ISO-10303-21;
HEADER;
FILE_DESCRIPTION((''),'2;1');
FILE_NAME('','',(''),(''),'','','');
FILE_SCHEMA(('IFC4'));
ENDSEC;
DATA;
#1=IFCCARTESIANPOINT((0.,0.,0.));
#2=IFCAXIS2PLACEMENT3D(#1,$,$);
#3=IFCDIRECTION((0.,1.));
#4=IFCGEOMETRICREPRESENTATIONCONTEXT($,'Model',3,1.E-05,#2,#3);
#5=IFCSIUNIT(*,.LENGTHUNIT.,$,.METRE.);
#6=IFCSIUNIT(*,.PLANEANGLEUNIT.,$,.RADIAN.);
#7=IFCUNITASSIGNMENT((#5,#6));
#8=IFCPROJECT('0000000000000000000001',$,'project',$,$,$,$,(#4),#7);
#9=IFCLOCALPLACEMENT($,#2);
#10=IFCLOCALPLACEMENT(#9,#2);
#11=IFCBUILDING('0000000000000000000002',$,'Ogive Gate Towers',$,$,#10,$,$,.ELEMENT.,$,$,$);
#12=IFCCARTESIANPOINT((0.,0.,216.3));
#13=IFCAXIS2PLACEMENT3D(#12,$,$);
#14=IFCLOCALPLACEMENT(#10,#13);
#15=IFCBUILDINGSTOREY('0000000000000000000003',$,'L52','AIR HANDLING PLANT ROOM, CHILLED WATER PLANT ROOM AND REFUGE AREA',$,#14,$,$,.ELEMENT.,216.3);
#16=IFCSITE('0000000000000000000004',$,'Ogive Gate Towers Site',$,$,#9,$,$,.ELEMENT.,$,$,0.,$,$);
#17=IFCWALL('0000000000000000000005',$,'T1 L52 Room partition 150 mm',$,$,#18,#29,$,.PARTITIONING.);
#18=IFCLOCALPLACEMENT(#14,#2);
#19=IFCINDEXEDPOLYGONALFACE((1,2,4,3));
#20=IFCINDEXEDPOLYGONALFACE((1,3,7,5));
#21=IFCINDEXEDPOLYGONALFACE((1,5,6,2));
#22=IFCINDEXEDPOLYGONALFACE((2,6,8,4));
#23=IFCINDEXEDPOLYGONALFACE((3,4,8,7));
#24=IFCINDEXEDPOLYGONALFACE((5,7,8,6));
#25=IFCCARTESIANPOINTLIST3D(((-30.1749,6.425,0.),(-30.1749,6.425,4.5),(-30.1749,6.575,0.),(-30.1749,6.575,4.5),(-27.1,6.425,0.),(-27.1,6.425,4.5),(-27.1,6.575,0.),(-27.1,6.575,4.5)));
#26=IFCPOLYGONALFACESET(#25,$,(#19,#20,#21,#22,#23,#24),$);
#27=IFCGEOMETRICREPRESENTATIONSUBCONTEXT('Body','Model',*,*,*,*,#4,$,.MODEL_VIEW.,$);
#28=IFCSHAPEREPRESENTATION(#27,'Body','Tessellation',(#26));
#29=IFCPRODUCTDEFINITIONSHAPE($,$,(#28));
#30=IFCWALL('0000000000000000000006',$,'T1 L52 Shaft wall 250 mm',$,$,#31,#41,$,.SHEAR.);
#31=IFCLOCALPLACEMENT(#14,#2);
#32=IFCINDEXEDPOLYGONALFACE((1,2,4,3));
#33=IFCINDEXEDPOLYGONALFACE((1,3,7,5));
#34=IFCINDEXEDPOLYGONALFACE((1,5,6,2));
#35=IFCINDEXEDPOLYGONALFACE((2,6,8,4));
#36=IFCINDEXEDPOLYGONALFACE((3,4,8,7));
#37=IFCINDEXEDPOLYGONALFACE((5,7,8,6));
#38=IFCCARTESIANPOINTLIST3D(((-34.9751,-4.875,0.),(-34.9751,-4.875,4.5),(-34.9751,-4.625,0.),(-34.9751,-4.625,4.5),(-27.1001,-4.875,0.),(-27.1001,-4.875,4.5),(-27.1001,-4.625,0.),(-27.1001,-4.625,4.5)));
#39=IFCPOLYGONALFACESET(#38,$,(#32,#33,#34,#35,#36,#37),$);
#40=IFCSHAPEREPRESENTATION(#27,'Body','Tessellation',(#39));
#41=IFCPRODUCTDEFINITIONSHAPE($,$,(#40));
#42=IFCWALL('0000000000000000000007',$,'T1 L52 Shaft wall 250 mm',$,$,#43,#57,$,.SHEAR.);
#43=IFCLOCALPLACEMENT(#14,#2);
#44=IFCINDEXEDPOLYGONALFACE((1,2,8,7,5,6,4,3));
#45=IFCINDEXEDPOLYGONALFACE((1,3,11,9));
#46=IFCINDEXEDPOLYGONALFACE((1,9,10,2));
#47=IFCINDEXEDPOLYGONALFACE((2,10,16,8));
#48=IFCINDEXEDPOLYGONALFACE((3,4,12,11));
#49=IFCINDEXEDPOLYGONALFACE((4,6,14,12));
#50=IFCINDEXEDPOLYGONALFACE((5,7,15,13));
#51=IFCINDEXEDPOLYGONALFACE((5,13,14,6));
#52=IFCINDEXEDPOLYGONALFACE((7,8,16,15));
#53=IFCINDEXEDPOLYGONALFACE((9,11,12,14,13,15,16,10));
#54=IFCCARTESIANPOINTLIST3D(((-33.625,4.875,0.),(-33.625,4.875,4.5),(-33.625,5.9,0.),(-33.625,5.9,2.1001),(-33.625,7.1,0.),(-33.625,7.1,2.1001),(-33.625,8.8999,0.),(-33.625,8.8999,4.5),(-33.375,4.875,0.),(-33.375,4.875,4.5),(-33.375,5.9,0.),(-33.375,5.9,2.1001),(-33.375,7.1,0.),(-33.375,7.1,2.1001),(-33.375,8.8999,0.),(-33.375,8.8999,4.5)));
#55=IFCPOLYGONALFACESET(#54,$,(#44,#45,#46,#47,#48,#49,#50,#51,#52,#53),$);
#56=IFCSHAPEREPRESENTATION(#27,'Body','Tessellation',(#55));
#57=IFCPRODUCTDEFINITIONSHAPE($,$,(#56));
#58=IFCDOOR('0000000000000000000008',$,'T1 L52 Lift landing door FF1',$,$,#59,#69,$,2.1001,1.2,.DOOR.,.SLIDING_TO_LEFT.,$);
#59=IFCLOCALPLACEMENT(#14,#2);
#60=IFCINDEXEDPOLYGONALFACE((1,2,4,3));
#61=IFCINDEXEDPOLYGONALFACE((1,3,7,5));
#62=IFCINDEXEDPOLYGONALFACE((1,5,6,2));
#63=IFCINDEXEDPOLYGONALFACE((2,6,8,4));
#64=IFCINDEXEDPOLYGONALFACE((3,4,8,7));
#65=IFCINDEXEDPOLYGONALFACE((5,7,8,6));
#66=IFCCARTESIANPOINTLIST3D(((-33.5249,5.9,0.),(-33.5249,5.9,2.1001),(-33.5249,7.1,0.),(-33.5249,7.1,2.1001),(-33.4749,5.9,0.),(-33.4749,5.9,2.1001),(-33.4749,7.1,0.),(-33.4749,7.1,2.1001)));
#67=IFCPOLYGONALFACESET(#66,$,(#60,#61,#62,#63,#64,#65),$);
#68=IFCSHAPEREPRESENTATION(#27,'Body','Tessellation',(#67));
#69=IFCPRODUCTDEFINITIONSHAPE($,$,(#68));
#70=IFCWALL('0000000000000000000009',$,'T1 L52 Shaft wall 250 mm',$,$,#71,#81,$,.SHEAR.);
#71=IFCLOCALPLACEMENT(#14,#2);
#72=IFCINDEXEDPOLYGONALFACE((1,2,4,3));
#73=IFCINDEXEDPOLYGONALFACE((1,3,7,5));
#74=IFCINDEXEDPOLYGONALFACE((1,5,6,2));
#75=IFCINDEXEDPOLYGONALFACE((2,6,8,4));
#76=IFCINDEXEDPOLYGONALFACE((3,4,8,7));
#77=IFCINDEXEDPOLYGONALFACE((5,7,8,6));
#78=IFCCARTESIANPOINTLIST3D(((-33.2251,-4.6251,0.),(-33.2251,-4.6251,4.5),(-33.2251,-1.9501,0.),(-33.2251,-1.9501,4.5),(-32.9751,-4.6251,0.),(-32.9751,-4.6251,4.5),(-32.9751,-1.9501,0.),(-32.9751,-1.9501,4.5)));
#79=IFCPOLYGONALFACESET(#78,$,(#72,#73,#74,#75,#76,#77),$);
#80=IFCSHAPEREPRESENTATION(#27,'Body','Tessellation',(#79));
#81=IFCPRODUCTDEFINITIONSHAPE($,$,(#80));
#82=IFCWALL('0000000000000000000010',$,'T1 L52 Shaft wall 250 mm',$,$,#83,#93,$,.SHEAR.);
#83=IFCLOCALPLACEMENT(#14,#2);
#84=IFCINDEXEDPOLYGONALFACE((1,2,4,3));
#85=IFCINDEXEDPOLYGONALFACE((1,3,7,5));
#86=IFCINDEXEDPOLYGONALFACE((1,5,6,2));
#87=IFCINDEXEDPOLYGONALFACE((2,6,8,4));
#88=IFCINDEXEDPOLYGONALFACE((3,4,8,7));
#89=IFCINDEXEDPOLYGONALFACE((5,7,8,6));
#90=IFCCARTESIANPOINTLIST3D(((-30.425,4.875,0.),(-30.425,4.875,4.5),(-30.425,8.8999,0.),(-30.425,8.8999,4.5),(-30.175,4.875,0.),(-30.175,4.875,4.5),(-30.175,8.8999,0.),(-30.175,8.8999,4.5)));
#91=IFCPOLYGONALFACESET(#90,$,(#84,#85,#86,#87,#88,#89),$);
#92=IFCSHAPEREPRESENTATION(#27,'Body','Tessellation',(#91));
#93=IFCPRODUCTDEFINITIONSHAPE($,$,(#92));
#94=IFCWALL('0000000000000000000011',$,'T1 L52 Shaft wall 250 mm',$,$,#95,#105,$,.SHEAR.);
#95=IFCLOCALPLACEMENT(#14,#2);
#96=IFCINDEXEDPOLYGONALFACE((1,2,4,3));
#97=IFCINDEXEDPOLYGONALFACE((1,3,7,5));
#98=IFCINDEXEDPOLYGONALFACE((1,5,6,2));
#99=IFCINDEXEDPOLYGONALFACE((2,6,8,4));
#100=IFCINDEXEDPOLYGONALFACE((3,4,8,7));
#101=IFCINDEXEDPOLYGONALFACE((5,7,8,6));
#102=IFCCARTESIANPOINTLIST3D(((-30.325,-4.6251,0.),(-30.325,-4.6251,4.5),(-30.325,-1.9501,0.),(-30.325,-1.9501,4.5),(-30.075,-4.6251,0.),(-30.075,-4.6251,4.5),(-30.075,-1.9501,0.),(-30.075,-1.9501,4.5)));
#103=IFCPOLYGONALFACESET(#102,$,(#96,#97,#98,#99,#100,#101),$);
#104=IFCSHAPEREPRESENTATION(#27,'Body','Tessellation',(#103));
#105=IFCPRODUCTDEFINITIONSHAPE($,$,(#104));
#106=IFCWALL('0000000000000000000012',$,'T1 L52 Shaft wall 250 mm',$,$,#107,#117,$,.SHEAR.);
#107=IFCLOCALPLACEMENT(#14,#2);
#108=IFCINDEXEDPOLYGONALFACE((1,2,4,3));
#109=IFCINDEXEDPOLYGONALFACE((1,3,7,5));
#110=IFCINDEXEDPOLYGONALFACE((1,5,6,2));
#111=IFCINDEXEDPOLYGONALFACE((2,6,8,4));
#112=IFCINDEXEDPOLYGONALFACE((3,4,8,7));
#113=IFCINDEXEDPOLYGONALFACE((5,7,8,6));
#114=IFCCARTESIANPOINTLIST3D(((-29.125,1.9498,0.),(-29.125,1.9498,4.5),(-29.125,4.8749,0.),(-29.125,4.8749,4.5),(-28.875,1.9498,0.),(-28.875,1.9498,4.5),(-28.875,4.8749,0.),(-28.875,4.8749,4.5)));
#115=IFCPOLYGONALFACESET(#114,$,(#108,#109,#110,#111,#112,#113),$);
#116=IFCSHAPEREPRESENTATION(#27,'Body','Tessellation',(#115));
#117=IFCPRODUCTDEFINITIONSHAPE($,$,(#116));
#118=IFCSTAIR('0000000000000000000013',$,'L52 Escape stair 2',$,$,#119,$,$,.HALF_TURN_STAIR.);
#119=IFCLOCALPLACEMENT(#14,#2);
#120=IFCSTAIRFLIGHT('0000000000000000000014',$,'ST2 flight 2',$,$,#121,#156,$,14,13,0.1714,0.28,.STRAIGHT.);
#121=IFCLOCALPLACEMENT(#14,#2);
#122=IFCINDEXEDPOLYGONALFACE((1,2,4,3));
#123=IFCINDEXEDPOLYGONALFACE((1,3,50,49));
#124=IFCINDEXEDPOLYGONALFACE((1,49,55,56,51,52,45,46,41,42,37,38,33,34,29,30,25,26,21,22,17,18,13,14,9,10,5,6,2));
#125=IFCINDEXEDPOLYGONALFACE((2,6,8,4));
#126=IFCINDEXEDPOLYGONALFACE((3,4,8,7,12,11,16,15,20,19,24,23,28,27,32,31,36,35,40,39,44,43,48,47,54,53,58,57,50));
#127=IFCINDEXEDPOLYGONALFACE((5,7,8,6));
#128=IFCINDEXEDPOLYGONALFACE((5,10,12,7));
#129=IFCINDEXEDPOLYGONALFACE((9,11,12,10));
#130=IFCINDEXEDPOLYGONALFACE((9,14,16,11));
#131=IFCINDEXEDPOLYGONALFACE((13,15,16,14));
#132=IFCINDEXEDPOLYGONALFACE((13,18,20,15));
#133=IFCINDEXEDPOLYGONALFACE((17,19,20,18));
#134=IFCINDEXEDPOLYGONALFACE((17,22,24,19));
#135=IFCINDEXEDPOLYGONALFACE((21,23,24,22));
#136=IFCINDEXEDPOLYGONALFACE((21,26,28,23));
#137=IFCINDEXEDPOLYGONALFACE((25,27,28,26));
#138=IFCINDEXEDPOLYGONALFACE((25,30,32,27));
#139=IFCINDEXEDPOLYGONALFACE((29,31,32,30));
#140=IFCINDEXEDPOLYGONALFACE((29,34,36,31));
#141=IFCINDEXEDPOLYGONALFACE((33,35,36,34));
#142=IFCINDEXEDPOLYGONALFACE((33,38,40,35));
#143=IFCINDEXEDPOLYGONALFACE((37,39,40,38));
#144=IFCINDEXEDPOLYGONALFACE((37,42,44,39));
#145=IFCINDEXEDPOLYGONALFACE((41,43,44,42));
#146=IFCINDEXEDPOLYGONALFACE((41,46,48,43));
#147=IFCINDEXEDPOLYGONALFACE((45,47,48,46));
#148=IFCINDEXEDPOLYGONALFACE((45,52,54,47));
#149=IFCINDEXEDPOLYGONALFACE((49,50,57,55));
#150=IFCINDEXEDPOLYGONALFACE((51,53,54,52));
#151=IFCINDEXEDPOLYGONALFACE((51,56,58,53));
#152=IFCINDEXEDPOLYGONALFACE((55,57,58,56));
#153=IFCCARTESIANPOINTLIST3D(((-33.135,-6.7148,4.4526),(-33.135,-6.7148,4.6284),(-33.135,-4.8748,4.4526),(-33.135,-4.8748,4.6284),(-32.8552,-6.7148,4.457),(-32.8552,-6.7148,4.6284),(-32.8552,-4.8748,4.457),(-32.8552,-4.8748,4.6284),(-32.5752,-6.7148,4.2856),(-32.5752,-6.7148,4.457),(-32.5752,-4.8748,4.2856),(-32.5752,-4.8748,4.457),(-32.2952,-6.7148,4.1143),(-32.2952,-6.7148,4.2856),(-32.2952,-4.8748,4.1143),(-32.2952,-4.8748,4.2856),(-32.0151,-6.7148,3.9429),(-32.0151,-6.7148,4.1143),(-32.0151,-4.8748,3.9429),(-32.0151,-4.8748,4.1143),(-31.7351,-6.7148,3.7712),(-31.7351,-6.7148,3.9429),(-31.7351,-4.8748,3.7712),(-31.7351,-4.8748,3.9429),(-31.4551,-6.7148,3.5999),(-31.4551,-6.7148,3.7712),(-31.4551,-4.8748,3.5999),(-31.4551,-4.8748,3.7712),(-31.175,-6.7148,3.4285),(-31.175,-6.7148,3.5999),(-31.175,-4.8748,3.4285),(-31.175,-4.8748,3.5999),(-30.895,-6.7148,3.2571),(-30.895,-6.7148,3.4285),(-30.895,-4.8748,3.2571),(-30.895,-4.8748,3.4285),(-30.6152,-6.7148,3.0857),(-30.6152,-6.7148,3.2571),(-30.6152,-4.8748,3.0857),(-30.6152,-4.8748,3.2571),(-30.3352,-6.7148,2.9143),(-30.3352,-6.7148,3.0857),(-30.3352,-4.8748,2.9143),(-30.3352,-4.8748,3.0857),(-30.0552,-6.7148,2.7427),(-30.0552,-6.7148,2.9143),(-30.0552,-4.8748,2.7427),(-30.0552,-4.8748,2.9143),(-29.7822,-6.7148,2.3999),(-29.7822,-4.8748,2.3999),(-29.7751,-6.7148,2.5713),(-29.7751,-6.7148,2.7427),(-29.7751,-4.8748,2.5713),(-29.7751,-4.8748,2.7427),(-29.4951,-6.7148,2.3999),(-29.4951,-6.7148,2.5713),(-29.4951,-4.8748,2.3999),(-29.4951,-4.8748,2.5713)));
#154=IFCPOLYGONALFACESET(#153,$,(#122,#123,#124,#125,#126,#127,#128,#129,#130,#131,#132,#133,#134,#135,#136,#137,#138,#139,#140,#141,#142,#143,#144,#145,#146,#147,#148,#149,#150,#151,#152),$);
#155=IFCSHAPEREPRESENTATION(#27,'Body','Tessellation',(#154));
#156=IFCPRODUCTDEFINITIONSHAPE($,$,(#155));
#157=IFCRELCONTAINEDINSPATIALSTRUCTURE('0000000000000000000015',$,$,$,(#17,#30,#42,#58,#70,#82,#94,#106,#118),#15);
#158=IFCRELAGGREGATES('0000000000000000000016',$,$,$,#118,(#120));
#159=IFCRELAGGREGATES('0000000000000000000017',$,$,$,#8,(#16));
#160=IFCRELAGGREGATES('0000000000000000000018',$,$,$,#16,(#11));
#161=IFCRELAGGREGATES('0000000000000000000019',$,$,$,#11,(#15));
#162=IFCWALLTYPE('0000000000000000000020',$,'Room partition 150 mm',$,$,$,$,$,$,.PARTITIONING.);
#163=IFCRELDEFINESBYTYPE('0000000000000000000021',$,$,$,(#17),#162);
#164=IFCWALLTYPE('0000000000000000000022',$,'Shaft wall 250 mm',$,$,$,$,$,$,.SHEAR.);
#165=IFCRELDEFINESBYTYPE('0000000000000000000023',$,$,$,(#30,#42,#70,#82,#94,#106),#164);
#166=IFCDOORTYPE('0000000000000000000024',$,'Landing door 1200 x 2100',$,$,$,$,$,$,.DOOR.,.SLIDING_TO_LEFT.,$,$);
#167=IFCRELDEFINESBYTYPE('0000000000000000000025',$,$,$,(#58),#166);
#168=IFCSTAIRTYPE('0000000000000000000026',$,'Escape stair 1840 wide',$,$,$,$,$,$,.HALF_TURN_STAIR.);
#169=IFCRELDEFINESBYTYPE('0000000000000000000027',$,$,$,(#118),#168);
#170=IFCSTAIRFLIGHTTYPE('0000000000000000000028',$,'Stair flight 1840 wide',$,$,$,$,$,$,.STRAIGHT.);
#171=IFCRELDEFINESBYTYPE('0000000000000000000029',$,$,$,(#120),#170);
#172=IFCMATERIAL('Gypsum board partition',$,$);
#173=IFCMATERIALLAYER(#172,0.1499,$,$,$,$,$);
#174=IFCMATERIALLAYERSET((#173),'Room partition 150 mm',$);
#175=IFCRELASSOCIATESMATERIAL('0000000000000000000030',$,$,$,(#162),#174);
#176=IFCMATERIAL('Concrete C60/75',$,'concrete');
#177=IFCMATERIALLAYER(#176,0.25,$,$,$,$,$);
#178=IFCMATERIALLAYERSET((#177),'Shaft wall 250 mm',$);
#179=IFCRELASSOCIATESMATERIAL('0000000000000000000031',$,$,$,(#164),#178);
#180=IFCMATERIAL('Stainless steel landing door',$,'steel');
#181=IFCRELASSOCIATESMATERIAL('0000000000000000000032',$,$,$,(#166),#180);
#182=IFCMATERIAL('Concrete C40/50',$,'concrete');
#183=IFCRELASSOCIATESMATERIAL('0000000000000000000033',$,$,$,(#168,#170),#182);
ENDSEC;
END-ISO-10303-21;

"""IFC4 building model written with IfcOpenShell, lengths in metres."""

from ifc_helpers import new_model, si_unit, direction, frame, frame_2d, origin, place, context, subcontext, project, spatial, polyline, rectangle, outline, extrude, material, layer, layer_set, type_object, element, fill, aggregate, save


model = new_model("IFC4")

# Units and contexts
model_context = context("Model", 3, precision=1e-05, world=origin(), true_north=direction((0.0, 1.0)))
body_context = subcontext(model_context, "Body", "Model", "MODEL_VIEW")
ifc_project = project(units=[si_unit("LENGTHUNIT", "METRE"), si_unit("PLANEANGLEUNIT", "RADIAN")], contexts=[model_context])

# Site, building, storey
site_placement = place(None, origin())
site = spatial("IfcSite", under=ifc_project, at=site_placement, Name="Ogive Gate Towers Site", CompositionType="ELEMENT", RefElevation=0.0)
building_placement = place(site_placement, origin())
building = spatial("IfcBuilding", under=site, at=building_placement, Name="Ogive Gate Towers", CompositionType="ELEMENT")
storey_placement = place(building_placement, frame((0.0, 0.0, 216.3)))
storey = spatial("IfcBuildingStorey", under=building, at=storey_placement, Name="L52", Description="AIR HANDLING PLANT ROOM, CHILLED WATER PLANT ROOM AND REFUGE AREA", CompositionType="ELEMENT", Elevation=216.3)

# Walls
ifc_material_1 = material(Name="Gypsum board partition")
ifc_layer_1 = layer(ifc_material_1, 0.1499)
ifc_layer_set_1 = layer_set([ifc_layer_1], Name="Room partition 150 mm")
wall_type_1 = type_object("IfcWallType", Name="Room partition 150 mm", PredefinedType="PARTITIONING", material=ifc_layer_set_1)
wall_1_placement = place(storey_placement, frame((-30.175, 6.5, 0.0), z_axis=(0.0, 0.0, 1.0), x_axis=(1.0, 0.0, 0.0)))
element("IfcWall", 1, at=wall_1_placement, inside=storey, type_object=wall_type_1, Name="T1 L52 Room partition 150 mm", PredefinedType="PARTITIONING", context=body_context, shape_type="SweptSolid", body=[
    extrude(rectangle(XDim=3.075, YDim=0.1499, at=frame_2d((1.5376, 0.0))), origin(), (0.0, 0.0, 1.0), 4.5),
])
ifc_material_2 = material(Name="Concrete C60/75", Category="concrete")
ifc_layer_2 = layer(ifc_material_2, 0.25)
ifc_layer_set_2 = layer_set([ifc_layer_2], Name="Shaft wall 250 mm")
wall_type_2 = type_object("IfcWallType", Name="Shaft wall 250 mm", PredefinedType="SHEAR", material=ifc_layer_set_2)
wall_2_placement = place(storey_placement, frame((-34.9751, -4.75, 0.0), z_axis=(0.0, 0.0, 1.0), x_axis=(1.0, 0.0, 0.0)))
element("IfcWall", 2, at=wall_2_placement, inside=storey, type_object=wall_type_2, Name="T1 L52 Shaft wall 250 mm", PredefinedType="SHEAR", context=body_context, shape_type="SweptSolid", body=[
    extrude(rectangle(XDim=7.875, YDim=0.25, at=frame_2d((3.9375, 0.0))), origin(), (0.0, 0.0, 1.0), 4.5),
])

# Wall, opening, door
wall_3_placement = place(storey_placement, frame((-33.5, 4.875, 0.0), z_axis=(0.0, 0.0, 1.0), x_axis=(0.0, 1.0, 0.0)))
wall_3 = element("IfcWall", 3, at=wall_3_placement, inside=storey, type_object=wall_type_2, Name="T1 L52 Shaft wall 250 mm", PredefinedType="SHEAR", context=body_context, shape_type="SweptSolid", body=[
    extrude(rectangle(XDim=4.0249, YDim=0.25, at=frame_2d((2.0125, 0.0))), origin(), (0.0, 0.0, 1.0), 4.5),
])
opening_1_placement = place(wall_3_placement, frame((1.0249, 0.0, 0.0)))
opening_1 = element("IfcOpeningElement", 4, at=opening_1_placement, cuts=wall_3, PredefinedType="OPENING", context=body_context, shape_type="SweptSolid", body=[
    extrude(rectangle(XDim=1.2, YDim=2.1001, at=frame_2d((0.6001, 1.05))), frame((0.0, 0.135, 0.0), z_axis=(0.0, -1.0, 0.0), x_axis=(1.0, 0.0, 0.0)), (0.0, 0.0, 1.0), 0.27),
])
ifc_material_3 = material(Name="Stainless steel landing door", Category="steel")
door_type_1 = type_object("IfcDoorType", Name="Landing door 1200 x 2100", OperationType="SLIDING_TO_LEFT", PredefinedType="DOOR", material=ifc_material_3)
door_1_placement = place(opening_1_placement, origin())
door_1 = element("IfcDoor", 5, at=door_1_placement, inside=storey, type_object=door_type_1, Name="T1 L52 Lift landing door FF1", OperationType="SLIDING_TO_LEFT", OverallHeight=2.1001, OverallWidth=1.2, PredefinedType="DOOR", context=body_context, shape_type="SweptSolid", body=[
    extrude(rectangle(XDim=1.2, YDim=2.1001, at=frame_2d((0.6001, 1.05))), frame((0.0, 0.0249, 0.0), z_axis=(0.0, -1.0, 0.0), x_axis=(1.0, 0.0, 0.0)), (0.0, 0.0, 1.0), 0.05),
])
fill(opening_1, door_1)

# Walls
wall_4_placement = place(storey_placement, frame((-33.1001, -4.625, 0.0), z_axis=(0.0, 0.0, 1.0), x_axis=(0.0, 1.0, 0.0)))
element("IfcWall", 6, at=wall_4_placement, inside=storey, type_object=wall_type_2, Name="T1 L52 Shaft wall 250 mm", PredefinedType="SHEAR", context=body_context, shape_type="SweptSolid", body=[
    extrude(rectangle(XDim=2.675, YDim=0.25, at=frame_2d((1.3374, 0.0))), origin(), (0.0, 0.0, 1.0), 4.5),
])
wall_5_placement = place(storey_placement, frame((-30.3, 4.875, 0.0), z_axis=(0.0, 0.0, 1.0), x_axis=(0.0, 1.0, 0.0)))
element("IfcWall", 7, at=wall_5_placement, inside=storey, type_object=wall_type_2, Name="T1 L52 Shaft wall 250 mm", PredefinedType="SHEAR", context=body_context, shape_type="SweptSolid", body=[
    extrude(rectangle(XDim=4.0249, YDim=0.25, at=frame_2d((2.0125, 0.0))), origin(), (0.0, 0.0, 1.0), 4.5),
])
wall_6_placement = place(storey_placement, frame((-30.2, -4.625, 0.0), z_axis=(0.0, 0.0, 1.0), x_axis=(0.0, 1.0, 0.0)))
element("IfcWall", 8, at=wall_6_placement, inside=storey, type_object=wall_type_2, Name="T1 L52 Shaft wall 250 mm", PredefinedType="SHEAR", context=body_context, shape_type="SweptSolid", body=[
    extrude(rectangle(XDim=2.675, YDim=0.25, at=frame_2d((1.3374, 0.0))), origin(), (0.0, 0.0, 1.0), 4.5),
])
wall_7_placement = place(storey_placement, frame((-29.0, 1.95, 0.0), z_axis=(0.0, 0.0, 1.0), x_axis=(0.0, 1.0, 0.0)))
element("IfcWall", 9, at=wall_7_placement, inside=storey, type_object=wall_type_2, Name="T1 L52 Shaft wall 250 mm", PredefinedType="SHEAR", context=body_context, shape_type="SweptSolid", body=[
    extrude(rectangle(XDim=2.925, YDim=0.25, at=frame_2d((1.4624, 0.0))), origin(), (0.0, 0.0, 1.0), 4.5),
])

# Stair, stair flight
ifc_material_4 = material(Name="Concrete C40/50", Category="concrete")
stair_type = type_object("IfcStairType", Name="Escape stair 1840 wide", PredefinedType="HALF_TURN_STAIR", material=ifc_material_4)
stair_placement = place(storey_placement, origin())
stair = element("IfcStair", 10, at=stair_placement, inside=storey, type_object=stair_type, Name="L52 Escape stair 2", PredefinedType="HALF_TURN_STAIR")
stair_flight_type = type_object("IfcStairFlightType", Name="Stair flight 1840 wide", PredefinedType="STRAIGHT", material=ifc_material_4)
stair_flight_placement = place(storey_placement, frame((-29.4951, -5.7949, 2.3999), z_axis=(0.0, 0.0, 1.0), x_axis=(-1.0, 0.0, 0.0)))
stair_flight = element("IfcStairFlight", 11, at=stair_flight_placement, type_object=stair_flight_type, Name="ST2 flight 2", NumberOfRisers=14, NumberOfTreads=13, PredefinedType="STRAIGHT", RiserHeight=0.1714, TreadLength=0.28, context=body_context, shape_type="SweptSolid", body=[
    extrude(outline(polyline([(0.0, 0.0), (0.0, 0.1714), (0.28, 0.1714), (0.28, 0.3428), (0.5601, 0.3428), (0.5601, 0.5144), (0.8401, 0.5144), (0.8401, 0.6858), (1.1201, 0.6858), (1.1201, 0.8572), (1.3999, 0.8572), (1.3999, 1.0286), (1.6799, 1.0286), (1.6799, 1.2), (1.96, 1.2), (1.96, 1.3713), (2.24, 1.3713), (2.24, 1.543), (2.52, 1.543), (2.52, 1.7144), (2.8, 1.7144), (2.8, 1.8857), (3.0801, 1.8857), (3.0801, 2.0571), (3.3601, 2.0571), (3.3601, 2.2285), (3.6399, 2.2285), (3.6399, 2.3999), (3.6399, 2.0527), (0.2871, 0.0), (0.0, 0.0)])), frame((0.0, 0.9199, 0.0), z_axis=(0.0, -1.0, 0.0), x_axis=(1.0, 0.0, 0.0)), (0.0, 0.0, 1.0), 1.8401),
])
aggregate(stair, [stair_flight])

save(model, "model.ifc")
